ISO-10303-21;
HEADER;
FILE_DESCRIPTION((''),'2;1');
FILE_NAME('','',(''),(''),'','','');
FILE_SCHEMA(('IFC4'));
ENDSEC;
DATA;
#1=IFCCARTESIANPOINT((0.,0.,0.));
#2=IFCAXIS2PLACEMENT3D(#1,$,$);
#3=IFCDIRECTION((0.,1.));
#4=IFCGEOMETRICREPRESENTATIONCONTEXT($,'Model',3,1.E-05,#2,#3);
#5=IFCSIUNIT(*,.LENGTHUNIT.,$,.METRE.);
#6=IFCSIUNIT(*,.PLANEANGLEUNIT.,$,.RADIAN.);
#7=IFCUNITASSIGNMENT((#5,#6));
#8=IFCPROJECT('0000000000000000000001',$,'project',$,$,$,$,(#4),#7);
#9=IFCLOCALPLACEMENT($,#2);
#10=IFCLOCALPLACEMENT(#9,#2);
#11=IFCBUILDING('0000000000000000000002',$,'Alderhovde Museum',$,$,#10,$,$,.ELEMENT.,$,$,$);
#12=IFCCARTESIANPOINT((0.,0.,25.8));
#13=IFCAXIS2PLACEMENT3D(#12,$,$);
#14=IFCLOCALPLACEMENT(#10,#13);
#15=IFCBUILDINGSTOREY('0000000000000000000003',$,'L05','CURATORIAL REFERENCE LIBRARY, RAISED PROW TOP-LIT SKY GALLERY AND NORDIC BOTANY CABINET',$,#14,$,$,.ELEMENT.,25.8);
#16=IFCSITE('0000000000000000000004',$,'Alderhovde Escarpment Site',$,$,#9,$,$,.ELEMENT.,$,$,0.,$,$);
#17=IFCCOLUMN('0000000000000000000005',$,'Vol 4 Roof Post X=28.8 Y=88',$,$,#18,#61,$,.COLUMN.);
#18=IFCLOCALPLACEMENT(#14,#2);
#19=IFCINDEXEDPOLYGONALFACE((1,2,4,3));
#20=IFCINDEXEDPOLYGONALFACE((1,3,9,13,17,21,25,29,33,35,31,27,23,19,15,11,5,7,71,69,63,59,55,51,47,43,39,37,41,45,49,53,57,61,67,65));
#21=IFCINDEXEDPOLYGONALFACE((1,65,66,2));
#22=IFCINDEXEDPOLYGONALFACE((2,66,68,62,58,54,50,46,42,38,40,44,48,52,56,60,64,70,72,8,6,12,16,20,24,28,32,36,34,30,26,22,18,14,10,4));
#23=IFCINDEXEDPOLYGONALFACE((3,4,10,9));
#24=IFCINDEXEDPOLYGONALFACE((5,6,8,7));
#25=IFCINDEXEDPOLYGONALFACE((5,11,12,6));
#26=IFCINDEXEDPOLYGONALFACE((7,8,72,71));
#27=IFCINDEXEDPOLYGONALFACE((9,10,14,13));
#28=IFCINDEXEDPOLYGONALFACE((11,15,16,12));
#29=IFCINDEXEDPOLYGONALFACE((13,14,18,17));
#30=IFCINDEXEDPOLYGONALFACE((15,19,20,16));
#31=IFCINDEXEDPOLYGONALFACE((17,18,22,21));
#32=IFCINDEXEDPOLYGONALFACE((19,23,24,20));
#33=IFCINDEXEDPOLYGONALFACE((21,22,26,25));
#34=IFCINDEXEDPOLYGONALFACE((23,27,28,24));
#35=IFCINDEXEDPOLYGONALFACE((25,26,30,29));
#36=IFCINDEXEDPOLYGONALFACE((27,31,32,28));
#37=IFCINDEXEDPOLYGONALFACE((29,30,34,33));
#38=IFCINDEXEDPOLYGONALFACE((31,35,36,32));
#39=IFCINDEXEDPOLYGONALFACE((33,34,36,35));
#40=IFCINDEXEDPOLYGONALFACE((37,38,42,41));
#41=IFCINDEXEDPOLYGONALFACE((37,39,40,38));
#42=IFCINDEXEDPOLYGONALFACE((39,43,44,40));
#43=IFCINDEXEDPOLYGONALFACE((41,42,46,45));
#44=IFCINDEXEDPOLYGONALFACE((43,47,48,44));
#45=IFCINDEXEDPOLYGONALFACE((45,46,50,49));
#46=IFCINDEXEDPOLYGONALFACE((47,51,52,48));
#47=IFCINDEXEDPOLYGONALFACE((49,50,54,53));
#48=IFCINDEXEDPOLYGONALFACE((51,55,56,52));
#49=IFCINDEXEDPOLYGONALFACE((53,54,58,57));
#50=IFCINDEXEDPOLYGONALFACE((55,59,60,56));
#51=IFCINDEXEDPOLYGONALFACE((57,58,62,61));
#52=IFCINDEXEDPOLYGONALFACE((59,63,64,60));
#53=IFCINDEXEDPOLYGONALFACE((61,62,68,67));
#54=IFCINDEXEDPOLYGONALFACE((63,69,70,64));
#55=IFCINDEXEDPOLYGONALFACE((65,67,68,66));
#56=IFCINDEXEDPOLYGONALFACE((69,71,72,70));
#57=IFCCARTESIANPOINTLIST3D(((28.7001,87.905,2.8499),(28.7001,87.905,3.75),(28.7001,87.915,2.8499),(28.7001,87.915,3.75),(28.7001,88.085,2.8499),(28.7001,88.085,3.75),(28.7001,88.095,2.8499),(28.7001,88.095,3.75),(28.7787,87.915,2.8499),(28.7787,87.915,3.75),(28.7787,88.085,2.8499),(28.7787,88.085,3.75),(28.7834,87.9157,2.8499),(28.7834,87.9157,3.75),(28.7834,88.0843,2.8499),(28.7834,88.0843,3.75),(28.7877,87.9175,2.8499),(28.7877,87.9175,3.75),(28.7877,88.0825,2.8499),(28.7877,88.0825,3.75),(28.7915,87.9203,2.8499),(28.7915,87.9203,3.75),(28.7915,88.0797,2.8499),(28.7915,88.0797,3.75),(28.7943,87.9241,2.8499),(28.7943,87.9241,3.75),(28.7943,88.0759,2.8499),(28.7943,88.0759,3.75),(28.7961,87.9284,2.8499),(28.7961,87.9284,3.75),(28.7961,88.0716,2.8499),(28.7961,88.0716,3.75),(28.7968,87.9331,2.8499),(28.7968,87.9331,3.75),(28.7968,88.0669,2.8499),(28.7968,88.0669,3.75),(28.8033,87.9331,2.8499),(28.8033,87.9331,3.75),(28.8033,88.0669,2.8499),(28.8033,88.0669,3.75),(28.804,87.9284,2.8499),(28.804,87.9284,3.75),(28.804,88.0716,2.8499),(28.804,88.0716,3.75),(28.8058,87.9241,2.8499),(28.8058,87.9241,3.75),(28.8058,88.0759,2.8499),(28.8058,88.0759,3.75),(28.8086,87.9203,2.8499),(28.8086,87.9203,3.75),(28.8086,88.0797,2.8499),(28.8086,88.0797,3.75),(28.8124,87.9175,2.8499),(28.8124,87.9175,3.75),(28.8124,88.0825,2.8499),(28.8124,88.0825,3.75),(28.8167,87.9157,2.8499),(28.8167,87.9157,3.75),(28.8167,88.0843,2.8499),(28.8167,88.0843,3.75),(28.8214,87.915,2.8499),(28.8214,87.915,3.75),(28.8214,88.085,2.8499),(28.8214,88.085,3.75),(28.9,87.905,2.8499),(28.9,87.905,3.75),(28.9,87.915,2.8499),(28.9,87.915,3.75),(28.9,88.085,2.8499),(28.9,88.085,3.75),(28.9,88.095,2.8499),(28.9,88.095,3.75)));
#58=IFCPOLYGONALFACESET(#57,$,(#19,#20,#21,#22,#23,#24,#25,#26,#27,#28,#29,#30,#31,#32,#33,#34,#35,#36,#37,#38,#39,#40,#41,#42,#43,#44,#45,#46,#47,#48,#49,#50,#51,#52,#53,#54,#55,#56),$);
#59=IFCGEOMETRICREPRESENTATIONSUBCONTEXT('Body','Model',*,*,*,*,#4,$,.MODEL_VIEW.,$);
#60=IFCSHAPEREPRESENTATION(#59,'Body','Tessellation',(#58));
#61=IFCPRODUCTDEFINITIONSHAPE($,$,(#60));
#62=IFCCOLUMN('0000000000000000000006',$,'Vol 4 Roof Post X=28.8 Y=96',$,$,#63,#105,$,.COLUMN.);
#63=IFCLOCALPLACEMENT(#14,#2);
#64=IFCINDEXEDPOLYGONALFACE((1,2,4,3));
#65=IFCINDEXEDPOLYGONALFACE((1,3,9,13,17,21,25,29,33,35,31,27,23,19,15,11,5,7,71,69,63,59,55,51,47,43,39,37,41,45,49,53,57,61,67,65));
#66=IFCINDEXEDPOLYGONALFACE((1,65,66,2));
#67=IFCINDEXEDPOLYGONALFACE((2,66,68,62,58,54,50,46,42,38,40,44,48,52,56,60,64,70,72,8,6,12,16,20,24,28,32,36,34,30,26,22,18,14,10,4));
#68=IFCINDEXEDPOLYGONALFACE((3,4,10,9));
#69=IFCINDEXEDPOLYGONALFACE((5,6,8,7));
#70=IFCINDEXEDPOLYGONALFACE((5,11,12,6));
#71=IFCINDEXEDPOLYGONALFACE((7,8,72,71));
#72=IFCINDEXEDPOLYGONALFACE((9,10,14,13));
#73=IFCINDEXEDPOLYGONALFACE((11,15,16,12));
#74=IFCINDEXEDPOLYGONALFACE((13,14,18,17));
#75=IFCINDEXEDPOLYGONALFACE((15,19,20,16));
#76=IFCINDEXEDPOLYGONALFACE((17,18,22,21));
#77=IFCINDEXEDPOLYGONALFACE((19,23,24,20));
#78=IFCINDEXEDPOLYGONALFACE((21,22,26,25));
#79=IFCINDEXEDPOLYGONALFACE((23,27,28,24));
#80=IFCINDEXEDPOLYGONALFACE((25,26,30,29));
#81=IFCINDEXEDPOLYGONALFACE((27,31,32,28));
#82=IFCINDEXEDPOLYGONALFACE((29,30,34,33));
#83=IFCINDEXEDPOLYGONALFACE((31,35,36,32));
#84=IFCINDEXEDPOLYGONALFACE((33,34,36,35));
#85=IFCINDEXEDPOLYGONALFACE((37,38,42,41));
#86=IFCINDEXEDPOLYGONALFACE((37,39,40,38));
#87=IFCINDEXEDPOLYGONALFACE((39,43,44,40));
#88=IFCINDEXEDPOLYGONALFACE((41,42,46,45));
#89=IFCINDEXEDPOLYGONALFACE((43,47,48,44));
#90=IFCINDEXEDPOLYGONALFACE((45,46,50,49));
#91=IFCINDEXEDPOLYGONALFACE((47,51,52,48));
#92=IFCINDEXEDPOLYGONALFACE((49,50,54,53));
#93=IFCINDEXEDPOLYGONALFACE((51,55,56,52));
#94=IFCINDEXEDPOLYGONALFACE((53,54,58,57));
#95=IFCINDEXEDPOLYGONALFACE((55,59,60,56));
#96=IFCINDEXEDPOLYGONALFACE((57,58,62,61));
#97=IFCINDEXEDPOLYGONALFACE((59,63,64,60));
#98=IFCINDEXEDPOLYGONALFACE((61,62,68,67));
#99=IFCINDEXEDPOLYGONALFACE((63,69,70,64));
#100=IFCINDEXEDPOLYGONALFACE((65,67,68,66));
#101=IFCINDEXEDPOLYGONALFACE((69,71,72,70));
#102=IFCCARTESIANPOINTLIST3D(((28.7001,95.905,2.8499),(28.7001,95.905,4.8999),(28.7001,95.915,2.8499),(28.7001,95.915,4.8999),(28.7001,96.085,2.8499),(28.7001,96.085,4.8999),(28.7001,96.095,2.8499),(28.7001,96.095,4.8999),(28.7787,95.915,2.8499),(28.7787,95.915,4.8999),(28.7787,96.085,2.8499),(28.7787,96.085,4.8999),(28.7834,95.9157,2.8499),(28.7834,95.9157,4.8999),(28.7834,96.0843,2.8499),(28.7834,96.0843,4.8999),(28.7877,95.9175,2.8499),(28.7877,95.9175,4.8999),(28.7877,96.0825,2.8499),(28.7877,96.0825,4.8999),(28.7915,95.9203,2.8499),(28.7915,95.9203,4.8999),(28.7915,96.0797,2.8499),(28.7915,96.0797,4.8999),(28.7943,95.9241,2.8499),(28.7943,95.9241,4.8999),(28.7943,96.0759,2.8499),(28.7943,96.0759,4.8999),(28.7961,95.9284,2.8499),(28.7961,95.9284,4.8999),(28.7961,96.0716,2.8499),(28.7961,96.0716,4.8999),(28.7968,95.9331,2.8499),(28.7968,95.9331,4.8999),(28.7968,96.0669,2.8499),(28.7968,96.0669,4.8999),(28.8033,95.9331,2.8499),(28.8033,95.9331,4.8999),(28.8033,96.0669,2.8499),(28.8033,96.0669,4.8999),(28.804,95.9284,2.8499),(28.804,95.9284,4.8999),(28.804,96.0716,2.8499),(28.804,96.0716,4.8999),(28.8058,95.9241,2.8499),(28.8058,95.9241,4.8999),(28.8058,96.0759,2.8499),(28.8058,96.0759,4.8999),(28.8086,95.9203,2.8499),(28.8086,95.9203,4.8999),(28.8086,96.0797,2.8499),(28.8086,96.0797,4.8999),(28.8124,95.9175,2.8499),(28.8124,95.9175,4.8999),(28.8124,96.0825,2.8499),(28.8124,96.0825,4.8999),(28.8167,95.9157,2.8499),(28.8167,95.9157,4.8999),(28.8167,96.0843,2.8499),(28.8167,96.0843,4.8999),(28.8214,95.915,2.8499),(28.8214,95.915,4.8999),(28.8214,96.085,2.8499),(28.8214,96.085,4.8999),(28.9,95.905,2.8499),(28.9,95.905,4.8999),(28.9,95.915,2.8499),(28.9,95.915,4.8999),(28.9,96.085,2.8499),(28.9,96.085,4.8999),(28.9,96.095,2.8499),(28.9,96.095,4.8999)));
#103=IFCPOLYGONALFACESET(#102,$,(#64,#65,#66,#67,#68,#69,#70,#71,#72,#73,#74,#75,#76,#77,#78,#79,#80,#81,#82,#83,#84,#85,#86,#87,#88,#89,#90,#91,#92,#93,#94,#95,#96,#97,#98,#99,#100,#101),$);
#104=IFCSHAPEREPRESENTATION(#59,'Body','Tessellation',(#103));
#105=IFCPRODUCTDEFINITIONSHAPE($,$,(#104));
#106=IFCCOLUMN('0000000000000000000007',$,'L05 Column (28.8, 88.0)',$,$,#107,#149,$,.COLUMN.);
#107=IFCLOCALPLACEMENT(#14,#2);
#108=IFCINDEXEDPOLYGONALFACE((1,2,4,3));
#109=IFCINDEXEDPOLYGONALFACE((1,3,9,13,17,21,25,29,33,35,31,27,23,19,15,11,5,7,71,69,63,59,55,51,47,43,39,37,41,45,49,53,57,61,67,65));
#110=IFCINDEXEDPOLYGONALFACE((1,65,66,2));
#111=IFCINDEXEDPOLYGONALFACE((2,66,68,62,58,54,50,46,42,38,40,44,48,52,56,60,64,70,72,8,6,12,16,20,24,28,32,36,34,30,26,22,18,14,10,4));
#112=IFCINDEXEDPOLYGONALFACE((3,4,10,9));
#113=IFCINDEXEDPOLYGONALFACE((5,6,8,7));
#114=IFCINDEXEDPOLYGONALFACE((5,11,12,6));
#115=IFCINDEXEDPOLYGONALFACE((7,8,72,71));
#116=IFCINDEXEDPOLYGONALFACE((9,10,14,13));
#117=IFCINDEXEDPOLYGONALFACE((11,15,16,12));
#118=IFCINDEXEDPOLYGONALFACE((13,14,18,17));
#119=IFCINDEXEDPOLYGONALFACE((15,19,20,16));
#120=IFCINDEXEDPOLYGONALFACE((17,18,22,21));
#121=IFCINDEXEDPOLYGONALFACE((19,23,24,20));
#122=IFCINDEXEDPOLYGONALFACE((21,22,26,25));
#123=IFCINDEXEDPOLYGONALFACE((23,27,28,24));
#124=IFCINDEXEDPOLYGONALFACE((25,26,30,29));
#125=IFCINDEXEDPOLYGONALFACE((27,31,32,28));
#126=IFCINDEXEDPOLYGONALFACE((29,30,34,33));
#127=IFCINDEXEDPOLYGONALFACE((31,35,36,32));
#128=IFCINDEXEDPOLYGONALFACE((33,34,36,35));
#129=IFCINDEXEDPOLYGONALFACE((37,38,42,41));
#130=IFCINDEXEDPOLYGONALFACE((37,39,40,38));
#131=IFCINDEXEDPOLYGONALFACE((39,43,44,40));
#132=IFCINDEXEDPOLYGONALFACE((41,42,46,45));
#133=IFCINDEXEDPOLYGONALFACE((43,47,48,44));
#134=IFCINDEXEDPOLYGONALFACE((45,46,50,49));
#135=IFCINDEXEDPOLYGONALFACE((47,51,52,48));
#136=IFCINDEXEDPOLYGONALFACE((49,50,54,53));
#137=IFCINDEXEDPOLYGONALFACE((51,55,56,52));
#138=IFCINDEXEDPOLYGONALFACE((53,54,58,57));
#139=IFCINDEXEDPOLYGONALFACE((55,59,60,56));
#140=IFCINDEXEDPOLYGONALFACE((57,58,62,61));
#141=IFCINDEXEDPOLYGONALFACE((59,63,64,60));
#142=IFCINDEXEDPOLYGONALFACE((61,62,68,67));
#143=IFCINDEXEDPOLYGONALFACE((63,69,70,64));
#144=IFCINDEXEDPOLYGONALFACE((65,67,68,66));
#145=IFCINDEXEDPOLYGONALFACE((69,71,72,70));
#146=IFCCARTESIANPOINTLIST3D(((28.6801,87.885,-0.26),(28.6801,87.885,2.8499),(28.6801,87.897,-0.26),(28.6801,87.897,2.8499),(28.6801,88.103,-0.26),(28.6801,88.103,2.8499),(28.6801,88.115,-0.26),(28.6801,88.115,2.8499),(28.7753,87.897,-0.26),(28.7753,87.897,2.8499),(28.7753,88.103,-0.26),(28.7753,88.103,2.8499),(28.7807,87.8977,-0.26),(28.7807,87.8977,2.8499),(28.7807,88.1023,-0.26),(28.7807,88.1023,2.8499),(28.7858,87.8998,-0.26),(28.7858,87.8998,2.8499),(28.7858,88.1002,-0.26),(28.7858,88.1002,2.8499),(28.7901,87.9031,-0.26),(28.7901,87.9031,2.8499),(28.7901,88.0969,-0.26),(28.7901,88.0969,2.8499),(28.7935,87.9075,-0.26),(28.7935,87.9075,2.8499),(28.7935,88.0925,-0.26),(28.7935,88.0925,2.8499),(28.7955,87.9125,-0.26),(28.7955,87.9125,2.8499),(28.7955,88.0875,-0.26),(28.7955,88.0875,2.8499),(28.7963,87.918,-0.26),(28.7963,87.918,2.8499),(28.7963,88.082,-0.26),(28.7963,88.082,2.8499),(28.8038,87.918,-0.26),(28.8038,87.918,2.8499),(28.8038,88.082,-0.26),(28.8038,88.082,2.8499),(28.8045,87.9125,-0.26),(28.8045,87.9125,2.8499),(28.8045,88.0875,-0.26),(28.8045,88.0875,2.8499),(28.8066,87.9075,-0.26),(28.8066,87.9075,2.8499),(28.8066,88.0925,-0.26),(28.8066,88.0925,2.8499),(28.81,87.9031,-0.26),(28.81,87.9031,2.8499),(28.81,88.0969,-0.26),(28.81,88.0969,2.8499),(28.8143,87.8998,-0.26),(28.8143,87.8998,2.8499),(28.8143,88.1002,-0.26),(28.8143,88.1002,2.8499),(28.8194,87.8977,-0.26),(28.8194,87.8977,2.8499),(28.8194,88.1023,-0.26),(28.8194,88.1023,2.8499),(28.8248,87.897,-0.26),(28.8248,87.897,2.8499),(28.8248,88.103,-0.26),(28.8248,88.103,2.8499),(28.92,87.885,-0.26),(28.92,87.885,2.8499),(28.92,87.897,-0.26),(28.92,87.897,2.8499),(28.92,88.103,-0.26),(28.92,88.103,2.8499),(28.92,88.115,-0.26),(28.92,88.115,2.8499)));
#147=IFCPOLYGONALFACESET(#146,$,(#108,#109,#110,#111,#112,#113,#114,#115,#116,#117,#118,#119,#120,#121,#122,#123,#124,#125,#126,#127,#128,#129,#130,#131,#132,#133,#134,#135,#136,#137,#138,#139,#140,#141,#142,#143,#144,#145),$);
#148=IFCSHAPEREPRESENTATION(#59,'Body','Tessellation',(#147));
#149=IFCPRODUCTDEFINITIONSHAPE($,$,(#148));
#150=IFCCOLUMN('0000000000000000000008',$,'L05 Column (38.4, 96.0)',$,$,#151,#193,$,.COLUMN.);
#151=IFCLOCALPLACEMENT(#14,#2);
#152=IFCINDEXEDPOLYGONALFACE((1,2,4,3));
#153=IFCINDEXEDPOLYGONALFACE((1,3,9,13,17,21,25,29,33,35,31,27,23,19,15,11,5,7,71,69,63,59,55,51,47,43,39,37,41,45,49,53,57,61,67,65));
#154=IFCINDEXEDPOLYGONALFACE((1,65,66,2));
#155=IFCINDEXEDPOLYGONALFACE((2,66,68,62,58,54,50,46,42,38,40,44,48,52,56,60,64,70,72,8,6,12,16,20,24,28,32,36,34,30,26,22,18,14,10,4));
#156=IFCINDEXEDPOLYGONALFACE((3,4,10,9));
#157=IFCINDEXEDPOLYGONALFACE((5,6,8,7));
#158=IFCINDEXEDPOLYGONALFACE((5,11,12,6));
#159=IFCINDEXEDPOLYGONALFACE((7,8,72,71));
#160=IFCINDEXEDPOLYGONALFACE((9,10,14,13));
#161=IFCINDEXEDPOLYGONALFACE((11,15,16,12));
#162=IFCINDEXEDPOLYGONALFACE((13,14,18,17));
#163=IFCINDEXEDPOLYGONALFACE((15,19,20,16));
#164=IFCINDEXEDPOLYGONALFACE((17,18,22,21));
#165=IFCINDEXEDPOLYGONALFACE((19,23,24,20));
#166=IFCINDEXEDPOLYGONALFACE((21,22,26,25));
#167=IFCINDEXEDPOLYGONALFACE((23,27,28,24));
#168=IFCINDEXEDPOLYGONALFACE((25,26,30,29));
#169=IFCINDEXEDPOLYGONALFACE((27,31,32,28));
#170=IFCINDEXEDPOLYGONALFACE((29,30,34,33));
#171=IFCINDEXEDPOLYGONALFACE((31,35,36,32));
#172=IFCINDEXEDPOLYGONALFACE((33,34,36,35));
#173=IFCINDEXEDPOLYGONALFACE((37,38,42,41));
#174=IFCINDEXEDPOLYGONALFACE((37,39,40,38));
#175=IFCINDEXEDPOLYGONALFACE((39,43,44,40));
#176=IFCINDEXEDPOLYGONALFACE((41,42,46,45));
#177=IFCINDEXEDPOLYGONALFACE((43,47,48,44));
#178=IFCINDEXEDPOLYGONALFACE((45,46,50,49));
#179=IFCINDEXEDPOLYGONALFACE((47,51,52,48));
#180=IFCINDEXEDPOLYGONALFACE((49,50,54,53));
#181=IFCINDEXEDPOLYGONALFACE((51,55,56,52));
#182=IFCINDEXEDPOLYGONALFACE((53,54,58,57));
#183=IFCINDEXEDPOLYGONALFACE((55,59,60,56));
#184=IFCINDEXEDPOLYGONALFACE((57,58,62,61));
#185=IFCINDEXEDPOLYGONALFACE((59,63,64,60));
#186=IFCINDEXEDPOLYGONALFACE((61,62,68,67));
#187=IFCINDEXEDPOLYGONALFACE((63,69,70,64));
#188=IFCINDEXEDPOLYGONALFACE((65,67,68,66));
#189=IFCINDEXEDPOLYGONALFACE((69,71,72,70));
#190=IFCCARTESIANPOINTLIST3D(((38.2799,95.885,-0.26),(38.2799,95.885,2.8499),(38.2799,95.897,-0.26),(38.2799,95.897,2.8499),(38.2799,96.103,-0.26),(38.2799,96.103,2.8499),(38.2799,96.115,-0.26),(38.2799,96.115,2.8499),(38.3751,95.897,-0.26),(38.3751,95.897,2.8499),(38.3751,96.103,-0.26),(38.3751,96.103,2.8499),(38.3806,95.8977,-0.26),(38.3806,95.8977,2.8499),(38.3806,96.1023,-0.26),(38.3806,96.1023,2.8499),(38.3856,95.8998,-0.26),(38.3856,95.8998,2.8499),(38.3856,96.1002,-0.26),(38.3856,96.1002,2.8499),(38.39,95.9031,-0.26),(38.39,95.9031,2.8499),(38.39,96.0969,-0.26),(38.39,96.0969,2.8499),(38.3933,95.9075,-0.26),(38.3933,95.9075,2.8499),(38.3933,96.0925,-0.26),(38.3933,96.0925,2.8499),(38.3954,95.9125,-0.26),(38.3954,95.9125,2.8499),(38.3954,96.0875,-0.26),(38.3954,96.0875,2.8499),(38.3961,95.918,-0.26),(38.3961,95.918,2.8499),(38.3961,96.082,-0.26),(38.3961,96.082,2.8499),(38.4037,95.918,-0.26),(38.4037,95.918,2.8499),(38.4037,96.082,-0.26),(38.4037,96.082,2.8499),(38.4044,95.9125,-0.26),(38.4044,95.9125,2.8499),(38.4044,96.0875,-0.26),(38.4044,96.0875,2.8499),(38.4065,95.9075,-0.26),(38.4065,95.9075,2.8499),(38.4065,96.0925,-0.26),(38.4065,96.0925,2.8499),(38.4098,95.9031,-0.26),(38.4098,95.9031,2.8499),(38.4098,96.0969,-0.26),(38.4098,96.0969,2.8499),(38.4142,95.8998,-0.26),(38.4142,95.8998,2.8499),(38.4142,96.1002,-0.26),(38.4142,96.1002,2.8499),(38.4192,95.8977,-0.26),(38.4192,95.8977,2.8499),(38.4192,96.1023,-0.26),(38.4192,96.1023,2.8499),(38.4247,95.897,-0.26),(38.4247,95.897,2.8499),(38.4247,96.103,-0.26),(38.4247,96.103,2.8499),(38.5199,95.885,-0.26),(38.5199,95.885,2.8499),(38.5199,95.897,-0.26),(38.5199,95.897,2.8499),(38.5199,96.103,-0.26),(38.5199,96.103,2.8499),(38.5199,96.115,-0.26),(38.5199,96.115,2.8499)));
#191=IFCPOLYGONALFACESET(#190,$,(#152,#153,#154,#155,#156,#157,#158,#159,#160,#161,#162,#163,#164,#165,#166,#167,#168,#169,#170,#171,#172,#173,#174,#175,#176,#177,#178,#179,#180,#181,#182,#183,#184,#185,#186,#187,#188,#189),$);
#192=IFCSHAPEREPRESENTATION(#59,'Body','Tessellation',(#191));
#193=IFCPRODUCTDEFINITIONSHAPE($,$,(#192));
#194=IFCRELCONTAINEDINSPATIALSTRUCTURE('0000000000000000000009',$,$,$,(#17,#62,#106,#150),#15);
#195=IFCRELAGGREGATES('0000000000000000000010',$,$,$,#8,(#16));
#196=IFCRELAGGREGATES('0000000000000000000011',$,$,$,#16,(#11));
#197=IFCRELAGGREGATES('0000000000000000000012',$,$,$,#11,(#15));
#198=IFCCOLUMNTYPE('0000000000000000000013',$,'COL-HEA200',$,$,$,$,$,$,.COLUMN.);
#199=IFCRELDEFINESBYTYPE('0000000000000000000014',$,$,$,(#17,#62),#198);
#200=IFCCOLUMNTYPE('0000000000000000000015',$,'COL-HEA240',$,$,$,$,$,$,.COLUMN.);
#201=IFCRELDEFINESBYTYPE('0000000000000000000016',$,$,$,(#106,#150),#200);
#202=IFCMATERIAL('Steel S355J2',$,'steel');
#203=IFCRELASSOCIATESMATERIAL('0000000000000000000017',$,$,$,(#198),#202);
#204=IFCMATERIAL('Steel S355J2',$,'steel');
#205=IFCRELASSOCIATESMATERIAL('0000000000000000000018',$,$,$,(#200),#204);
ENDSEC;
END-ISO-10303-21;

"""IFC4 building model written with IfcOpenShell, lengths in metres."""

from ifc_helpers import new_model, si_unit, direction, frame, origin, origin_2d, place, context, subcontext, project, spatial, i_section, extrude, material, material_profile, profile_set, type_object, element, save


model = new_model("IFC4")

# Units and contexts
model_context = context("Model", 3, precision=1e-05, world=origin(), true_north=direction((0.0, 1.0)))
body_context = subcontext(model_context, "Body", "Model", "MODEL_VIEW")
ifc_project = project(units=[si_unit("LENGTHUNIT", "METRE"), si_unit("PLANEANGLEUNIT", "RADIAN")], contexts=[model_context])

# Site, building, storey
site_placement = place(None, origin())
site = spatial("IfcSite", under=ifc_project, at=site_placement, Name="Alderhovde Escarpment Site", CompositionType="ELEMENT", RefElevation=0.0)
building_placement = place(site_placement, origin())
building = spatial("IfcBuilding", under=site, at=building_placement, Name="Alderhovde Museum", CompositionType="ELEMENT")
storey_placement = place(building_placement, frame((0.0, 0.0, 25.8)))
storey = spatial("IfcBuildingStorey", under=building, at=storey_placement, Name="L05", Description="CURATORIAL REFERENCE LIBRARY, RAISED PROW TOP-LIT SKY GALLERY AND NORDIC BOTANY CABINET", CompositionType="ELEMENT", Elevation=25.8)

# Columns
ifc_material_1 = material(Name="Steel S355J2", Category="steel")
ifc_material_profile_1 = material_profile(ifc_material_1, i_section(OverallWidth=0.2, OverallDepth=0.1899, WebThickness=0.0066, FlangeThickness=0.01, FilletRadius=0.0181, at=origin_2d()), Name="HEA 200")
ifc_profile_set_1 = profile_set([ifc_material_profile_1], Name="Steel S355J2")
column_type_1 = type_object("IfcColumnType", Name="COL-HEA200", PredefinedType="COLUMN", material=ifc_profile_set_1)
column_1_placement = place(storey_placement, frame((28.8, 88.0, 2.8499), z_axis=(0.0, 0.0, 1.0), x_axis=(1.0, 0.0, 0.0)))
element("IfcColumn", 1, at=column_1_placement, inside=storey, type_object=column_type_1, Name="Vol 4 Roof Post X=28.8 Y=88", PredefinedType="COLUMN", context=body_context, shape_type="SweptSolid", body=[
    extrude(i_section(OverallWidth=0.2, OverallDepth=0.1899, WebThickness=0.0066, FlangeThickness=0.01, FilletRadius=0.0181, at=origin_2d()), origin(), (0.0, 0.0, 1.0), 0.9001),
])
column_2_placement = place(storey_placement, frame((28.8, 96.0, 2.8499), z_axis=(0.0, 0.0, 1.0), x_axis=(1.0, 0.0, 0.0)))
element("IfcColumn", 2, at=column_2_placement, inside=storey, type_object=column_type_1, Name="Vol 4 Roof Post X=28.8 Y=96", PredefinedType="COLUMN", context=body_context, shape_type="SweptSolid", body=[
    extrude(i_section(OverallWidth=0.2, OverallDepth=0.1899, WebThickness=0.0066, FlangeThickness=0.01, FilletRadius=0.0181, at=origin_2d()), origin(), (0.0, 0.0, 1.0), 2.05),
])
ifc_material_2 = material(Name="Steel S355J2", Category="steel")
ifc_material_profile_2 = material_profile(ifc_material_2, i_section(OverallWidth=0.24, OverallDepth=0.23, WebThickness=0.0076, FlangeThickness=0.012, FilletRadius=0.021, at=origin_2d()), Name="HEA 240")
ifc_profile_set_2 = profile_set([ifc_material_profile_2], Name="Steel S355J2")
column_type_2 = type_object("IfcColumnType", Name="COL-HEA240", PredefinedType="COLUMN", material=ifc_profile_set_2)
for number, where, z_axis, x_axis, name in (
    (3, (28.8, 88.0, -0.26), (0.0, 0.0, 1.0), (1.0, 0.0, 0.0), "L05 Column (28.8, 88.0)"),
    (4, (38.3999, 96.0, -0.26), (0.0, 0.0, 1.0), (1.0, 0.0, 0.0), "L05 Column (38.4, 96.0)"),
):
    element("IfcColumn", number, at=place(storey_placement, frame(where, z_axis=z_axis, x_axis=x_axis)), inside=storey, type_object=column_type_2, Name=name, PredefinedType="COLUMN", context=body_context, shape_type="SweptSolid", body=[
        extrude(i_section(OverallWidth=0.24, OverallDepth=0.23, WebThickness=0.0076, FlangeThickness=0.012, FilletRadius=0.021, at=origin_2d()), origin(), (0.0, 0.0, 1.0), 3.1099),
    ])

save(model, "model.ifc")
